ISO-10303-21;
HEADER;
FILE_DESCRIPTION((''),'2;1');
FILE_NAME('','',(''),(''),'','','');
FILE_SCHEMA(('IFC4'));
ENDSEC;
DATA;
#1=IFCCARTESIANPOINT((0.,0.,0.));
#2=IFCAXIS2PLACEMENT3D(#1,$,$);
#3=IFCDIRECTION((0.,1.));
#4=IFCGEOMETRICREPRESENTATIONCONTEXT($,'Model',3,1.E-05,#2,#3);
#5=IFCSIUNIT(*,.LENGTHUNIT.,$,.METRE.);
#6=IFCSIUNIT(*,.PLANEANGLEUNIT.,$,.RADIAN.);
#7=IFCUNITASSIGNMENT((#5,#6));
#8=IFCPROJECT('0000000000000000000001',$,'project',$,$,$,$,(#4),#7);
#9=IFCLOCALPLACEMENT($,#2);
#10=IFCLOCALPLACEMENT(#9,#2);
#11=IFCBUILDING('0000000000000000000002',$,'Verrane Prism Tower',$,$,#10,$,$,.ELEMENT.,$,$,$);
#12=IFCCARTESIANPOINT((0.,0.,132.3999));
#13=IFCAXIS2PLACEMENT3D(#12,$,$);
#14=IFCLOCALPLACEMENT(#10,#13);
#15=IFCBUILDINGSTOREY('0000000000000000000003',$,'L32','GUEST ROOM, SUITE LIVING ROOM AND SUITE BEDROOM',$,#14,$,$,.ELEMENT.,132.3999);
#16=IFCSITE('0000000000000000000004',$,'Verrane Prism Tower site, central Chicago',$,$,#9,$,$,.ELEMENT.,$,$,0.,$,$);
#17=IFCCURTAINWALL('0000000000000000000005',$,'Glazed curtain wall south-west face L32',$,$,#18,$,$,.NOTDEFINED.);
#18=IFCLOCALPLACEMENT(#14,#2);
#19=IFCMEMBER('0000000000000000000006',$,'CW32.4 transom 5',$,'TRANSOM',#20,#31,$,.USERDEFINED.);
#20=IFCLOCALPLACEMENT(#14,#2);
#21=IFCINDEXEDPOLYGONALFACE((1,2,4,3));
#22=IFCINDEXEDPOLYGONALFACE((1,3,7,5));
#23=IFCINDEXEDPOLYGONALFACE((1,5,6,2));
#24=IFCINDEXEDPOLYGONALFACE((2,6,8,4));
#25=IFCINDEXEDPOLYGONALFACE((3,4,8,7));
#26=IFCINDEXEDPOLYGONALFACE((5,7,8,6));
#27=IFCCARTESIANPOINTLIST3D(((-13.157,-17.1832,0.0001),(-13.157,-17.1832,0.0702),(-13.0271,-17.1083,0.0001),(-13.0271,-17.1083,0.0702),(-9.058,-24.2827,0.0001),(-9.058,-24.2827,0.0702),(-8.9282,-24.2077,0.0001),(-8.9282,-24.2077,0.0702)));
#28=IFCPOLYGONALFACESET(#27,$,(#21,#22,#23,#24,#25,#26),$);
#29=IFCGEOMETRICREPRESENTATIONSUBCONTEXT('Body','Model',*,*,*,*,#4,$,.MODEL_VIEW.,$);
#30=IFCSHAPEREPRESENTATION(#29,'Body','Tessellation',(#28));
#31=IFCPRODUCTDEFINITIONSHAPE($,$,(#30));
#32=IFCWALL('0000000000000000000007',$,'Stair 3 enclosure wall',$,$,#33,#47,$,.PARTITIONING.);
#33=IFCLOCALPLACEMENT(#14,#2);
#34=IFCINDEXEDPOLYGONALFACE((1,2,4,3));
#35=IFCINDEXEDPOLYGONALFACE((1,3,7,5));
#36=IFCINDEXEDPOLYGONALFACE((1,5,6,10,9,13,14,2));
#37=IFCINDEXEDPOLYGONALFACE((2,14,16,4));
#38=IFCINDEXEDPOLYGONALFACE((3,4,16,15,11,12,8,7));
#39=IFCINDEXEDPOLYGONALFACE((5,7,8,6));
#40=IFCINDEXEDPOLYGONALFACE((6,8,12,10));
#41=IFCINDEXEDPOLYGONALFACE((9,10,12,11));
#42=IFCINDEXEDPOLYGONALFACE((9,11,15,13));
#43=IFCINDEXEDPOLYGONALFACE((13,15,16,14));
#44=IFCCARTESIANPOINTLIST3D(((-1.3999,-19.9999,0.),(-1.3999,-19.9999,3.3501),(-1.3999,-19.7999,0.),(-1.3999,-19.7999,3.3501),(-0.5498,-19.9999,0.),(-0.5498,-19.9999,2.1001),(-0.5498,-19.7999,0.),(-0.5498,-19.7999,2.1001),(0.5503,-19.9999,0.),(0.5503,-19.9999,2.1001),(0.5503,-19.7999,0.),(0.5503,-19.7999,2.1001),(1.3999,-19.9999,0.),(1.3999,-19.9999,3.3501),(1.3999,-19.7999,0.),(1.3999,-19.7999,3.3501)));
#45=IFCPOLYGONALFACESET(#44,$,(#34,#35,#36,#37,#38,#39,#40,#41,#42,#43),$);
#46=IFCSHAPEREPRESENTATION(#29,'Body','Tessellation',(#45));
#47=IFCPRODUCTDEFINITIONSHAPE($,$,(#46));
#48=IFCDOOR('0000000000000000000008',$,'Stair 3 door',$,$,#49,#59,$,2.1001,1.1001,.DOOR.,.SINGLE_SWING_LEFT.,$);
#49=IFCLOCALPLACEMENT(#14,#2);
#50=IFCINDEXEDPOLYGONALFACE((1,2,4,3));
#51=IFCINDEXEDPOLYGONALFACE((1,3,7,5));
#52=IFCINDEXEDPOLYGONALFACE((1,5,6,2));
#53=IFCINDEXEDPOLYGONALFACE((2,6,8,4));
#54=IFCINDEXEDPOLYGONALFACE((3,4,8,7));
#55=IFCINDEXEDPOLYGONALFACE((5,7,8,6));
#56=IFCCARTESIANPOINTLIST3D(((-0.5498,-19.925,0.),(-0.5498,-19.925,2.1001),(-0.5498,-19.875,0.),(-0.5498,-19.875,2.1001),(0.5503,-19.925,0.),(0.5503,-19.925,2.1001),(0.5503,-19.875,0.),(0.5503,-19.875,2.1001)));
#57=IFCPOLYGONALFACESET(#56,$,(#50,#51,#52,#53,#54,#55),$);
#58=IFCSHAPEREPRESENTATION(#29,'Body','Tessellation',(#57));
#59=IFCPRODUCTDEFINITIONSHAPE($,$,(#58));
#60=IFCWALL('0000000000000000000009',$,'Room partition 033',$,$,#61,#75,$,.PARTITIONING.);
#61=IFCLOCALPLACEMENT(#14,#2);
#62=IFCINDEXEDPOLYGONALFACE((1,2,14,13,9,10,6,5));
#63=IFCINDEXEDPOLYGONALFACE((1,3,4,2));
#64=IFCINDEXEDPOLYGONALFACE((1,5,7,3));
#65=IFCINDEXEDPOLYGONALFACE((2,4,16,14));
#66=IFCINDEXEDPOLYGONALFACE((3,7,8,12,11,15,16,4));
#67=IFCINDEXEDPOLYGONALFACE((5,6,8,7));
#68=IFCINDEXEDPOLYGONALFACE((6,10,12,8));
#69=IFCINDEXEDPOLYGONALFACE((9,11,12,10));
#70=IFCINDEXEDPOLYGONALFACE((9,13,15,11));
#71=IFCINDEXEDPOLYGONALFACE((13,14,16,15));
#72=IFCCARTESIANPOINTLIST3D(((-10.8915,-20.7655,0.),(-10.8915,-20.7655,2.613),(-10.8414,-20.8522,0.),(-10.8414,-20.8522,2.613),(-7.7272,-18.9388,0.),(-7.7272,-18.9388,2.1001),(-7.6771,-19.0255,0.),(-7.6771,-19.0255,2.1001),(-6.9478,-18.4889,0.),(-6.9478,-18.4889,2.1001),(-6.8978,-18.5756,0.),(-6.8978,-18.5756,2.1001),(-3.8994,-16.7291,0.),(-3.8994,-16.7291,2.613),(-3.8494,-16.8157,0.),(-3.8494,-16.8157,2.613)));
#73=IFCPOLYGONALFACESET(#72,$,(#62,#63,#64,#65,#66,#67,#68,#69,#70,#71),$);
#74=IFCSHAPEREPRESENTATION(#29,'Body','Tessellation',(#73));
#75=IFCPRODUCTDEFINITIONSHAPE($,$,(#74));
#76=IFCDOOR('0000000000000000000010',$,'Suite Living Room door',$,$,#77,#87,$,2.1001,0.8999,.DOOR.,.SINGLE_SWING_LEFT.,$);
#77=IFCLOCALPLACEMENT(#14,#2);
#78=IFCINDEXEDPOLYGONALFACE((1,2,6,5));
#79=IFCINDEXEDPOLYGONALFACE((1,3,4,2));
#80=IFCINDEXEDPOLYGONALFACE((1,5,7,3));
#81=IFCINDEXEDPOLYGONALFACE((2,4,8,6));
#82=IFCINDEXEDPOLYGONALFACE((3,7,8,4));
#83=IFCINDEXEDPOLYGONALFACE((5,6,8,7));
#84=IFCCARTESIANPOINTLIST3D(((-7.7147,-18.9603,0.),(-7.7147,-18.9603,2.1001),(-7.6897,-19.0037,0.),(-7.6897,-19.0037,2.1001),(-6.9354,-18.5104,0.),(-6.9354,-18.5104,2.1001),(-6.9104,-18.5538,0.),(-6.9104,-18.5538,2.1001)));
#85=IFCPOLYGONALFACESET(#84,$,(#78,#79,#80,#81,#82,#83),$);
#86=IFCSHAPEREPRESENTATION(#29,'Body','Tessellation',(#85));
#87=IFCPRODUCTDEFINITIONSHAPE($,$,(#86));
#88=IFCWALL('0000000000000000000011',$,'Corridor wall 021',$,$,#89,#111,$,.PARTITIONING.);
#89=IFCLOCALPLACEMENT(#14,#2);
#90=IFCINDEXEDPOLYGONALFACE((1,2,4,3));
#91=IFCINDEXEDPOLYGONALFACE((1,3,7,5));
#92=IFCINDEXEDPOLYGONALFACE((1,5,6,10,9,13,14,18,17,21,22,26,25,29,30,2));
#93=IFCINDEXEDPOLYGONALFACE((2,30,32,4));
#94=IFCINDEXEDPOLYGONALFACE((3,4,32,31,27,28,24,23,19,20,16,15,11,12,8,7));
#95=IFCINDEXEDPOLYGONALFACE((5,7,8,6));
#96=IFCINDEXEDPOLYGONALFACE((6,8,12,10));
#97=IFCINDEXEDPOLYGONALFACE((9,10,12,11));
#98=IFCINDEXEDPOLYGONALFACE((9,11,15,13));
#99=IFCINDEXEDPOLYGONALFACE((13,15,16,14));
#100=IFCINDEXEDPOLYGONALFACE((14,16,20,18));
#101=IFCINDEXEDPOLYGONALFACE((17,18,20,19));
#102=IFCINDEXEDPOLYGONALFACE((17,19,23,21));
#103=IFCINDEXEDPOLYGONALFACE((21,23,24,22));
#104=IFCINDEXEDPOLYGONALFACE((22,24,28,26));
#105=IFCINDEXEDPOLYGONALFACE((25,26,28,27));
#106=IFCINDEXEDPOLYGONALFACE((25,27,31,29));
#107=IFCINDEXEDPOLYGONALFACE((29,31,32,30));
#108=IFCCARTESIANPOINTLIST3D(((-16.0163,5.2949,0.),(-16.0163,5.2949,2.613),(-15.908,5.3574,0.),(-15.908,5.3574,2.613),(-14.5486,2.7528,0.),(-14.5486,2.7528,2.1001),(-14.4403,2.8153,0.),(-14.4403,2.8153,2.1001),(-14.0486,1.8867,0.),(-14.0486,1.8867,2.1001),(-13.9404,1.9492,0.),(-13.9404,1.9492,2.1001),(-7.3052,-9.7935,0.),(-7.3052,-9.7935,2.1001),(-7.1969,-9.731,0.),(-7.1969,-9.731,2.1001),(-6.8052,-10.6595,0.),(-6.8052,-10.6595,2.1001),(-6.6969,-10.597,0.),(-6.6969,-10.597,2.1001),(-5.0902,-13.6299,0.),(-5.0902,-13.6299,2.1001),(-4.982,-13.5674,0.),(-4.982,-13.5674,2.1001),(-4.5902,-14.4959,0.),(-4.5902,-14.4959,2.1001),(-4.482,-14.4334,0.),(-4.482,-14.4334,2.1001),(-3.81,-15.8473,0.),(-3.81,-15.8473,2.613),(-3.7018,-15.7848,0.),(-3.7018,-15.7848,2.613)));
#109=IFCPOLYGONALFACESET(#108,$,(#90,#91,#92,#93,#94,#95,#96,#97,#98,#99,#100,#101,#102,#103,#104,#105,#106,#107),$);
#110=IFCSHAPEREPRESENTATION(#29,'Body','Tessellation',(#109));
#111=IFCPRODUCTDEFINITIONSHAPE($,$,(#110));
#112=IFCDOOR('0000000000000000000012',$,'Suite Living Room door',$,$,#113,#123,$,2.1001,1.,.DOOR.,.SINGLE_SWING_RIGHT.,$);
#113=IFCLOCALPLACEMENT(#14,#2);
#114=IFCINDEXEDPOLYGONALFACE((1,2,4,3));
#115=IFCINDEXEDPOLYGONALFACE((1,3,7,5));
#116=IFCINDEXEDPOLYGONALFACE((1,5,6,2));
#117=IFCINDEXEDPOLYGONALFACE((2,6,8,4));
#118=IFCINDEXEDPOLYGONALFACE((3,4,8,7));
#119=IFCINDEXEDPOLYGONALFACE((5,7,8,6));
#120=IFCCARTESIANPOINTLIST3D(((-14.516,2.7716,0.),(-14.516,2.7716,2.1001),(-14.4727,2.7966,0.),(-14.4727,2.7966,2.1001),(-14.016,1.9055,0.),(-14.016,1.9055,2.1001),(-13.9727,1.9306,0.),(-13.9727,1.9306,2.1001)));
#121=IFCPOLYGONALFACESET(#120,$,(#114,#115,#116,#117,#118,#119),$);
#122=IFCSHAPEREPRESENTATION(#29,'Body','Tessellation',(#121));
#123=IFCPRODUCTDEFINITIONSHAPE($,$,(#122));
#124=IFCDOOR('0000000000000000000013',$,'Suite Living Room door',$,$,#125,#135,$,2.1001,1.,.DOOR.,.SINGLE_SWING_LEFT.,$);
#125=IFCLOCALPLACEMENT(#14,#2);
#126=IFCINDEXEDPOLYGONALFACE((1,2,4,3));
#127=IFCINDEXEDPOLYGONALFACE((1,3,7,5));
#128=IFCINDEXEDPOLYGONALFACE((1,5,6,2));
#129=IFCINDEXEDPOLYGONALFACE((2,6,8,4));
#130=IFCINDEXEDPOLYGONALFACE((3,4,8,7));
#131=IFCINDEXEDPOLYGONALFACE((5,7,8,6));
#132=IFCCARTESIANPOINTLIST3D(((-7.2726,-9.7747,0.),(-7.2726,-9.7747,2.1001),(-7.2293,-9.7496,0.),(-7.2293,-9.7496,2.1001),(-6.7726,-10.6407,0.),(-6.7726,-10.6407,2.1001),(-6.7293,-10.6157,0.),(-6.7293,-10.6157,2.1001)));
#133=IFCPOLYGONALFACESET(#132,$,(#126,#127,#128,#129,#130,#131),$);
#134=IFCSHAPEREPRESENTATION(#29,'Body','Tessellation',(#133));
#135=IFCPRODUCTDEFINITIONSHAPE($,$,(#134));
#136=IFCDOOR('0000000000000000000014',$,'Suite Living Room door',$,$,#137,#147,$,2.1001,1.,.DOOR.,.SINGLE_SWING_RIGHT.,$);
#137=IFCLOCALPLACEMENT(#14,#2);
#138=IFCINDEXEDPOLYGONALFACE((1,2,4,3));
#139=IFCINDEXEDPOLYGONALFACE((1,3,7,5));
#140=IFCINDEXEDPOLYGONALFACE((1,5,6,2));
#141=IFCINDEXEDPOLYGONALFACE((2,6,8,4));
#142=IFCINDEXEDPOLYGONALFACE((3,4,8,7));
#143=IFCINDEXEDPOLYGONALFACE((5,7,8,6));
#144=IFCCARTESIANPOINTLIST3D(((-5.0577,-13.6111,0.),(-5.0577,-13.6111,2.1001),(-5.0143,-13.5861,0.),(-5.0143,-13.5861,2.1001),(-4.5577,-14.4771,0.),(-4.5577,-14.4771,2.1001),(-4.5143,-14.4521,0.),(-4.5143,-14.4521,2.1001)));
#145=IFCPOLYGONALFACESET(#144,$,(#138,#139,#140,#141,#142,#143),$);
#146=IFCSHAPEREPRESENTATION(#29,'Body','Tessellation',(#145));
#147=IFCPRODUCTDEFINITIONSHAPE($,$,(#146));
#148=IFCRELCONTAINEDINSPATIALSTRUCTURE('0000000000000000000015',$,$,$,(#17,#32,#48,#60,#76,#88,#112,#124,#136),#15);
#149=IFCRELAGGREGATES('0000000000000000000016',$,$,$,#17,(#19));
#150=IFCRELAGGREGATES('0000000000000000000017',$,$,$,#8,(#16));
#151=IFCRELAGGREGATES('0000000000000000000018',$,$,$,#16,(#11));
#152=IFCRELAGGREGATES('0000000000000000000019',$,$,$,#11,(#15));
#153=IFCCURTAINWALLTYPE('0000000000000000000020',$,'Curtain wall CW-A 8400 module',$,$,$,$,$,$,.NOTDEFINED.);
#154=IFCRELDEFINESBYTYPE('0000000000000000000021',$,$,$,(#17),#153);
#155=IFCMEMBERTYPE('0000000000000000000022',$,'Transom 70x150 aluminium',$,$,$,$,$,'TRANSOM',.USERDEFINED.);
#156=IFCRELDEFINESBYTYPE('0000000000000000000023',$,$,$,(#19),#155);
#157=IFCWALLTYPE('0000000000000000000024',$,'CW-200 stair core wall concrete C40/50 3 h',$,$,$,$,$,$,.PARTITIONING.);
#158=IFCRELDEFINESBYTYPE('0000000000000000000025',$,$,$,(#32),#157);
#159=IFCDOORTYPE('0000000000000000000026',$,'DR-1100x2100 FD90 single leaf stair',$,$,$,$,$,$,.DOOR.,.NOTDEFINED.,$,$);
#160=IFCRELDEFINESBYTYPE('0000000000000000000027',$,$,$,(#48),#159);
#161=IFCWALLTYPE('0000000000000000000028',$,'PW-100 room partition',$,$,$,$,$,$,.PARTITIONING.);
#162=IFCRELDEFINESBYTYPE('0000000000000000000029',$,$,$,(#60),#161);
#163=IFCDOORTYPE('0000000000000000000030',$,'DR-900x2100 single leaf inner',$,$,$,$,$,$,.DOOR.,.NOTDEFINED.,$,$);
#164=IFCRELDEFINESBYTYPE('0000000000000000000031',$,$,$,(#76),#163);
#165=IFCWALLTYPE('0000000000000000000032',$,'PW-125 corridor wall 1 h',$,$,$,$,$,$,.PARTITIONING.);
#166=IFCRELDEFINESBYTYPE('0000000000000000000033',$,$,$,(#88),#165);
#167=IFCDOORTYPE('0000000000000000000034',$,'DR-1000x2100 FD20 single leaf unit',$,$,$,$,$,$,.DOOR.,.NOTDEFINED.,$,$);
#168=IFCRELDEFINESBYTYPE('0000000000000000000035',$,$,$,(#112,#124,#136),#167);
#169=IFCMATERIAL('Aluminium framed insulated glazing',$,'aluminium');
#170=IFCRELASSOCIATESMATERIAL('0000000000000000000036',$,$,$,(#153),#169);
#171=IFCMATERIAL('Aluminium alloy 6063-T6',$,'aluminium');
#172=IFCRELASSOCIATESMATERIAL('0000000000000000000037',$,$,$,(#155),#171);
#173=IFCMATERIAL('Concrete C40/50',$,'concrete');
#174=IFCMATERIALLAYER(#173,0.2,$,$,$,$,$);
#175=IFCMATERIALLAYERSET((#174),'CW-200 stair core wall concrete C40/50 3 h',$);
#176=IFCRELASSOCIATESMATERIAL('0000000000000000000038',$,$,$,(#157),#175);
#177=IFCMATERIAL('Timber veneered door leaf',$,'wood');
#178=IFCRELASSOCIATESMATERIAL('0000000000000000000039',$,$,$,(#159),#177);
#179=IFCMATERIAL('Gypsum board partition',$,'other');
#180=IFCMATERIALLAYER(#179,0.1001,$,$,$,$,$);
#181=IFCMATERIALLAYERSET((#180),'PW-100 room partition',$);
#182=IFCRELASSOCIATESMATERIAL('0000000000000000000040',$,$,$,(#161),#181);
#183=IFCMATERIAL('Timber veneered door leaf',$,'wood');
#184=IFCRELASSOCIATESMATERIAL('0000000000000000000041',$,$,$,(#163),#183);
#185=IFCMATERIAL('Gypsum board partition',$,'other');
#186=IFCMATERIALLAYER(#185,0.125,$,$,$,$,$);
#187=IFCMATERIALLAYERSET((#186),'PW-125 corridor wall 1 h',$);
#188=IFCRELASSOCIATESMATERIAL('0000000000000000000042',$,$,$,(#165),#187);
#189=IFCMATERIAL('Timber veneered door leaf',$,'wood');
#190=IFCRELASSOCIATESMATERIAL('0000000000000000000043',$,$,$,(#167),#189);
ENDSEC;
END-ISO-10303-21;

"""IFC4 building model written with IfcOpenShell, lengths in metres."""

from ifc_helpers import new_model, si_unit, direction, frame, frame_2d, origin, origin_2d, place, context, subcontext, project, spatial, rectangle, extrude, material, layer, layer_set, material_profile, profile_set, type_object, element, fill, aggregate, save


model = new_model("IFC4")

# Units and contexts
model_context = context("Model", 3, precision=1e-05, world=origin(), true_north=direction((0.0, 1.0)))
body_context = subcontext(model_context, "Body", "Model", "MODEL_VIEW")
ifc_project = project(units=[si_unit("LENGTHUNIT", "METRE"), si_unit("PLANEANGLEUNIT", "RADIAN")], contexts=[model_context])

# Site, building, storey
site_placement = place(None, origin())
site = spatial("IfcSite", under=ifc_project, at=site_placement, Name="Verrane Prism Tower site, central Chicago", CompositionType="ELEMENT", RefElevation=0.0)
building_placement = place(site_placement, origin())
building = spatial("IfcBuilding", under=site, at=building_placement, Name="Verrane Prism Tower", CompositionType="ELEMENT")
storey_placement = place(building_placement, frame((0.0, 0.0, 132.3999)))
storey = spatial("IfcBuildingStorey", under=building, at=storey_placement, Name="L32", Description="GUEST ROOM, SUITE LIVING ROOM AND SUITE BEDROOM", CompositionType="ELEMENT", Elevation=132.3999)

# Curtain wall, member
ifc_material_1 = material(Name="Aluminium framed insulated glazing", Category="aluminium")
curtain_wall_type = type_object("IfcCurtainWallType", Name="Curtain wall CW-A 8400 module", PredefinedType="NOTDEFINED", material=ifc_material_1)
curtain_wall_placement = place(storey_placement, origin())
curtain_wall = element("IfcCurtainWall", 1, at=curtain_wall_placement, inside=storey, type_object=curtain_wall_type, Name="Glazed curtain wall south-west face L32", PredefinedType="NOTDEFINED")
ifc_material_2 = material(Name="Aluminium alloy 6063-T6", Category="aluminium")
ifc_material_profile_1 = material_profile(ifc_material_2, rectangle(XDim=0.1499, YDim=0.0701, at=origin_2d()), Name="Transom 70x150 aluminium")
ifc_profile_set_1 = profile_set([ifc_material_profile_1], Name="Aluminium alloy 6063-T6")
member_type_1 = type_object("IfcMemberType", Name="Transom 70x150 aluminium", ElementType="TRANSOM", PredefinedType="USERDEFINED", material=ifc_profile_set_1)
member_1_placement = place(storey_placement, frame((-13.092, -17.1458, 0.0352), z_axis=(0.500005, -0.866022, 0.0), x_axis=(0.866022, 0.500005, 0.0)))
member_1 = element("IfcMember", 2, at=member_1_placement, type_object=member_type_1, Name="CW32.4 transom 5", ObjectType="TRANSOM", PredefinedType="USERDEFINED", context=body_context, shape_type="SweptSolid", body=[
    extrude(rectangle(XDim=0.1499, YDim=0.0701, at=origin_2d()), origin(), (0.0, 0.0, 1.0), 8.1978),
])
aggregate(curtain_wall, [member_1])

# Walls, openings, doors
ifc_material_3 = material(Name="Concrete C40/50", Category="concrete")
ifc_layer_1 = layer(ifc_material_3, 0.2)
ifc_layer_set_1 = layer_set([ifc_layer_1], Name="CW-200 stair core wall concrete C40/50 3 h")
wall_type_1 = type_object("IfcWallType", Name="CW-200 stair core wall concrete C40/50 3 h", PredefinedType="PARTITIONING", material=ifc_layer_set_1)
wall_1_placement = place(storey_placement, frame((-1.3999, -19.8999, 0.0), z_axis=(0.0, 0.0, 1.0), x_axis=(1.0, 0.0, 0.0)))
wall_1 = element("IfcWall", 3, at=wall_1_placement, inside=storey, type_object=wall_type_1, Name="Stair 3 enclosure wall", PredefinedType="PARTITIONING", context=body_context, shape_type="SweptSolid", body=[
    extrude(rectangle(XDim=2.7998, YDim=0.2, at=frame_2d((1.3999, 0.0))), origin(), (0.0, 0.0, 1.0), 3.3501),
])
opening_1_placement = place(wall_1_placement, frame((0.8501, 0.0, 0.0)))
opening_1 = element("IfcOpeningElement", 4, at=opening_1_placement, cuts=wall_1, PredefinedType="OPENING", context=body_context, shape_type="SweptSolid", body=[
    extrude(rectangle(XDim=1.1001, YDim=2.1001, at=frame_2d((0.55, 1.05))), frame((0.0, 0.1099, 0.0), z_axis=(0.0, -1.0, 0.0), x_axis=(1.0, 0.0, 0.0)), (0.0, 0.0, 1.0), 0.22),
])
ifc_material_4 = material(Name="Timber veneered door leaf", Category="wood")
door_type_1 = type_object("IfcDoorType", Name="DR-1100x2100 FD90 single leaf stair", OperationType="NOTDEFINED", PredefinedType="DOOR", material=ifc_material_4)
door_1_placement = place(opening_1_placement, origin())
door_1 = element("IfcDoor", 5, at=door_1_placement, inside=storey, type_object=door_type_1, Name="Stair 3 door", OperationType="SINGLE_SWING_LEFT", OverallHeight=2.1001, OverallWidth=1.1001, PredefinedType="DOOR", context=body_context, shape_type="SweptSolid", body=[
    extrude(rectangle(XDim=1.1001, YDim=2.1001, at=frame_2d((0.55, 1.05))), frame((0.0, 0.0249, 0.0), z_axis=(0.0, -1.0, 0.0), x_axis=(1.0, 0.0, 0.0)), (0.0, 0.0, 1.0), 0.05),
])
fill(opening_1, door_1)
ifc_material_5 = material(Name="Gypsum board partition", Category="other")
ifc_layer_2 = layer(ifc_material_5, 0.1001)
ifc_layer_set_2 = layer_set([ifc_layer_2], Name="PW-100 room partition")
wall_type_2 = type_object("IfcWallType", Name="PW-100 room partition", PredefinedType="PARTITIONING", material=ifc_layer_set_2)
wall_2_placement = place(storey_placement, frame((-3.8745, -16.7725, 0.0), z_axis=(0.0, 0.0, 1.0), x_axis=(-0.866048, -0.499961, 0.0)))
wall_2 = element("IfcWall", 6, at=wall_2_placement, inside=storey, type_object=wall_type_2, Name="Room partition 033", PredefinedType="PARTITIONING", context=body_context, shape_type="SweptSolid", body=[
    extrude(rectangle(XDim=8.0735, YDim=0.1001, at=frame_2d((4.0366, 0.0))), origin(), (0.0, 0.0, 1.0), 2.613),
])
opening_2_placement = place(wall_2_placement, frame((3.5198, 0.0, 0.0)))
opening_2 = element("IfcOpeningElement", 7, at=opening_2_placement, cuts=wall_2, PredefinedType="OPENING", context=body_context, shape_type="SweptSolid", body=[
    extrude(rectangle(XDim=0.8999, YDim=2.1001, at=frame_2d((0.45, 1.05))), frame((0.0, 0.0601, 0.0), z_axis=(0.0, -1.0, 0.0), x_axis=(1.0, 0.0, 0.0)), (0.0, 0.0, 1.0), 0.1201),
])
ifc_material_6 = material(Name="Timber veneered door leaf", Category="wood")
door_type_2 = type_object("IfcDoorType", Name="DR-900x2100 single leaf inner", OperationType="NOTDEFINED", PredefinedType="DOOR", material=ifc_material_6)
door_2_placement = place(opening_2_placement, origin())
door_2 = element("IfcDoor", 8, at=door_2_placement, inside=storey, type_object=door_type_2, Name="Suite Living Room door", OperationType="SINGLE_SWING_LEFT", OverallHeight=2.1001, OverallWidth=0.8999, PredefinedType="DOOR", context=body_context, shape_type="SweptSolid", body=[
    extrude(rectangle(XDim=0.8999, YDim=2.1001, at=frame_2d((0.45, 1.05))), frame((0.0, 0.0249, 0.0), z_axis=(0.0, -1.0, 0.0), x_axis=(1.0, 0.0, 0.0)), (0.0, 0.0, 1.0), 0.05),
])
fill(opening_2, door_2)

# Wall, openings, doors
ifc_material_7 = material(Name="Gypsum board partition", Category="other")
ifc_layer_3 = layer(ifc_material_7, 0.125)
ifc_layer_set_3 = layer_set([ifc_layer_3], Name="PW-125 corridor wall 1 h")
wall_type_3 = type_object("IfcWallType", Name="PW-125 corridor wall 1 h", PredefinedType="PARTITIONING", material=ifc_layer_set_3)
wall_3_placement = place(storey_placement, frame((-3.7559, -15.8162, 0.0), z_axis=(0.0, 0.0, 1.0), x_axis=(-0.499993, 0.86603, 0.0)))
wall_3 = element("IfcWall", 9, at=wall_3_placement, inside=storey, type_object=wall_type_3, Name="Corridor wall 021", PredefinedType="PARTITIONING", context=body_context, shape_type="SweptSolid", body=[
    extrude(rectangle(XDim=24.4128, YDim=0.125, at=frame_2d((12.2065, 0.0))), origin(), (0.0, 0.0, 1.0), 2.613),
])
opening_3_placement = place(wall_3_placement, frame((20.4775, 0.0, 0.0)))
opening_3 = element("IfcOpeningElement", 10, at=opening_3_placement, cuts=wall_3, PredefinedType="OPENING", context=body_context, shape_type="SweptSolid", body=[
    extrude(rectangle(XDim=1.0, YDim=2.1001, at=frame_2d((0.5, 1.05))), frame((0.0, 0.0725, 0.0), z_axis=(0.0, -1.0, 0.0), x_axis=(1.0, 0.0, 0.0)), (0.0, 0.0, 1.0), 0.145),
])
opening_4_placement = place(wall_3_placement, frame((5.9905, 0.0, 0.0)))
opening_4 = element("IfcOpeningElement", 11, at=opening_4_placement, cuts=wall_3, PredefinedType="OPENING", context=body_context, shape_type="SweptSolid", body=[
    extrude(rectangle(XDim=1.0, YDim=2.1001, at=frame_2d((0.5, 1.05))), frame((0.0, 0.0725, 0.0), z_axis=(0.0, -1.0, 0.0), x_axis=(1.0, 0.0, 0.0)), (0.0, 0.0, 1.0), 0.145),
])
opening_5_placement = place(wall_3_placement, frame((1.5605, 0.0, 0.0)))
opening_5 = element("IfcOpeningElement", 12, at=opening_5_placement, cuts=wall_3, PredefinedType="OPENING", context=body_context, shape_type="SweptSolid", body=[
    extrude(rectangle(XDim=1.0, YDim=2.1001, at=frame_2d((0.5, 1.05))), frame((0.0, 0.0725, 0.0), z_axis=(0.0, -1.0, 0.0), x_axis=(1.0, 0.0, 0.0)), (0.0, 0.0, 1.0), 0.145),
])
ifc_material_8 = material(Name="Timber veneered door leaf", Category="wood")
door_type_3 = type_object("IfcDoorType", Name="DR-1000x2100 FD20 single leaf unit", OperationType="NOTDEFINED", PredefinedType="DOOR", material=ifc_material_8)
door_3_placement = place(opening_3_placement, origin())
door_3 = element("IfcDoor", 13, at=door_3_placement, inside=storey, type_object=door_type_3, Name="Suite Living Room door", OperationType="SINGLE_SWING_RIGHT", OverallHeight=2.1001, OverallWidth=1.0, PredefinedType="DOOR", context=body_context, shape_type="SweptSolid", body=[
    extrude(rectangle(XDim=1.0, YDim=2.1001, at=frame_2d((0.5, 1.05))), frame((0.0, 0.0249, 0.0), z_axis=(0.0, -1.0, 0.0), x_axis=(1.0, 0.0, 0.0)), (0.0, 0.0, 1.0), 0.05),
])
fill(opening_3, door_3)
door_4_placement = place(opening_4_placement, origin())
door_4 = element("IfcDoor", 14, at=door_4_placement, inside=storey, type_object=door_type_3, Name="Suite Living Room door", OperationType="SINGLE_SWING_LEFT", OverallHeight=2.1001, OverallWidth=1.0, PredefinedType="DOOR", context=body_context, shape_type="SweptSolid", body=[
    extrude(rectangle(XDim=1.0, YDim=2.1001, at=frame_2d((0.5, 1.05))), frame((0.0, 0.0249, 0.0), z_axis=(0.0, -1.0, 0.0), x_axis=(1.0, 0.0, 0.0)), (0.0, 0.0, 1.0), 0.05),
])
fill(opening_4, door_4)
door_5_placement = place(opening_5_placement, origin())
door_5 = element("IfcDoor", 15, at=door_5_placement, inside=storey, type_object=door_type_3, Name="Suite Living Room door", OperationType="SINGLE_SWING_RIGHT", OverallHeight=2.1001, OverallWidth=1.0, PredefinedType="DOOR", context=body_context, shape_type="SweptSolid", body=[
    extrude(rectangle(XDim=1.0, YDim=2.1001, at=frame_2d((0.5, 1.05))), frame((0.0, 0.0249, 0.0), z_axis=(0.0, -1.0, 0.0), x_axis=(1.0, 0.0, 0.0)), (0.0, 0.0, 1.0), 0.05),
])
fill(opening_5, door_5)

save(model, "model.ifc")
